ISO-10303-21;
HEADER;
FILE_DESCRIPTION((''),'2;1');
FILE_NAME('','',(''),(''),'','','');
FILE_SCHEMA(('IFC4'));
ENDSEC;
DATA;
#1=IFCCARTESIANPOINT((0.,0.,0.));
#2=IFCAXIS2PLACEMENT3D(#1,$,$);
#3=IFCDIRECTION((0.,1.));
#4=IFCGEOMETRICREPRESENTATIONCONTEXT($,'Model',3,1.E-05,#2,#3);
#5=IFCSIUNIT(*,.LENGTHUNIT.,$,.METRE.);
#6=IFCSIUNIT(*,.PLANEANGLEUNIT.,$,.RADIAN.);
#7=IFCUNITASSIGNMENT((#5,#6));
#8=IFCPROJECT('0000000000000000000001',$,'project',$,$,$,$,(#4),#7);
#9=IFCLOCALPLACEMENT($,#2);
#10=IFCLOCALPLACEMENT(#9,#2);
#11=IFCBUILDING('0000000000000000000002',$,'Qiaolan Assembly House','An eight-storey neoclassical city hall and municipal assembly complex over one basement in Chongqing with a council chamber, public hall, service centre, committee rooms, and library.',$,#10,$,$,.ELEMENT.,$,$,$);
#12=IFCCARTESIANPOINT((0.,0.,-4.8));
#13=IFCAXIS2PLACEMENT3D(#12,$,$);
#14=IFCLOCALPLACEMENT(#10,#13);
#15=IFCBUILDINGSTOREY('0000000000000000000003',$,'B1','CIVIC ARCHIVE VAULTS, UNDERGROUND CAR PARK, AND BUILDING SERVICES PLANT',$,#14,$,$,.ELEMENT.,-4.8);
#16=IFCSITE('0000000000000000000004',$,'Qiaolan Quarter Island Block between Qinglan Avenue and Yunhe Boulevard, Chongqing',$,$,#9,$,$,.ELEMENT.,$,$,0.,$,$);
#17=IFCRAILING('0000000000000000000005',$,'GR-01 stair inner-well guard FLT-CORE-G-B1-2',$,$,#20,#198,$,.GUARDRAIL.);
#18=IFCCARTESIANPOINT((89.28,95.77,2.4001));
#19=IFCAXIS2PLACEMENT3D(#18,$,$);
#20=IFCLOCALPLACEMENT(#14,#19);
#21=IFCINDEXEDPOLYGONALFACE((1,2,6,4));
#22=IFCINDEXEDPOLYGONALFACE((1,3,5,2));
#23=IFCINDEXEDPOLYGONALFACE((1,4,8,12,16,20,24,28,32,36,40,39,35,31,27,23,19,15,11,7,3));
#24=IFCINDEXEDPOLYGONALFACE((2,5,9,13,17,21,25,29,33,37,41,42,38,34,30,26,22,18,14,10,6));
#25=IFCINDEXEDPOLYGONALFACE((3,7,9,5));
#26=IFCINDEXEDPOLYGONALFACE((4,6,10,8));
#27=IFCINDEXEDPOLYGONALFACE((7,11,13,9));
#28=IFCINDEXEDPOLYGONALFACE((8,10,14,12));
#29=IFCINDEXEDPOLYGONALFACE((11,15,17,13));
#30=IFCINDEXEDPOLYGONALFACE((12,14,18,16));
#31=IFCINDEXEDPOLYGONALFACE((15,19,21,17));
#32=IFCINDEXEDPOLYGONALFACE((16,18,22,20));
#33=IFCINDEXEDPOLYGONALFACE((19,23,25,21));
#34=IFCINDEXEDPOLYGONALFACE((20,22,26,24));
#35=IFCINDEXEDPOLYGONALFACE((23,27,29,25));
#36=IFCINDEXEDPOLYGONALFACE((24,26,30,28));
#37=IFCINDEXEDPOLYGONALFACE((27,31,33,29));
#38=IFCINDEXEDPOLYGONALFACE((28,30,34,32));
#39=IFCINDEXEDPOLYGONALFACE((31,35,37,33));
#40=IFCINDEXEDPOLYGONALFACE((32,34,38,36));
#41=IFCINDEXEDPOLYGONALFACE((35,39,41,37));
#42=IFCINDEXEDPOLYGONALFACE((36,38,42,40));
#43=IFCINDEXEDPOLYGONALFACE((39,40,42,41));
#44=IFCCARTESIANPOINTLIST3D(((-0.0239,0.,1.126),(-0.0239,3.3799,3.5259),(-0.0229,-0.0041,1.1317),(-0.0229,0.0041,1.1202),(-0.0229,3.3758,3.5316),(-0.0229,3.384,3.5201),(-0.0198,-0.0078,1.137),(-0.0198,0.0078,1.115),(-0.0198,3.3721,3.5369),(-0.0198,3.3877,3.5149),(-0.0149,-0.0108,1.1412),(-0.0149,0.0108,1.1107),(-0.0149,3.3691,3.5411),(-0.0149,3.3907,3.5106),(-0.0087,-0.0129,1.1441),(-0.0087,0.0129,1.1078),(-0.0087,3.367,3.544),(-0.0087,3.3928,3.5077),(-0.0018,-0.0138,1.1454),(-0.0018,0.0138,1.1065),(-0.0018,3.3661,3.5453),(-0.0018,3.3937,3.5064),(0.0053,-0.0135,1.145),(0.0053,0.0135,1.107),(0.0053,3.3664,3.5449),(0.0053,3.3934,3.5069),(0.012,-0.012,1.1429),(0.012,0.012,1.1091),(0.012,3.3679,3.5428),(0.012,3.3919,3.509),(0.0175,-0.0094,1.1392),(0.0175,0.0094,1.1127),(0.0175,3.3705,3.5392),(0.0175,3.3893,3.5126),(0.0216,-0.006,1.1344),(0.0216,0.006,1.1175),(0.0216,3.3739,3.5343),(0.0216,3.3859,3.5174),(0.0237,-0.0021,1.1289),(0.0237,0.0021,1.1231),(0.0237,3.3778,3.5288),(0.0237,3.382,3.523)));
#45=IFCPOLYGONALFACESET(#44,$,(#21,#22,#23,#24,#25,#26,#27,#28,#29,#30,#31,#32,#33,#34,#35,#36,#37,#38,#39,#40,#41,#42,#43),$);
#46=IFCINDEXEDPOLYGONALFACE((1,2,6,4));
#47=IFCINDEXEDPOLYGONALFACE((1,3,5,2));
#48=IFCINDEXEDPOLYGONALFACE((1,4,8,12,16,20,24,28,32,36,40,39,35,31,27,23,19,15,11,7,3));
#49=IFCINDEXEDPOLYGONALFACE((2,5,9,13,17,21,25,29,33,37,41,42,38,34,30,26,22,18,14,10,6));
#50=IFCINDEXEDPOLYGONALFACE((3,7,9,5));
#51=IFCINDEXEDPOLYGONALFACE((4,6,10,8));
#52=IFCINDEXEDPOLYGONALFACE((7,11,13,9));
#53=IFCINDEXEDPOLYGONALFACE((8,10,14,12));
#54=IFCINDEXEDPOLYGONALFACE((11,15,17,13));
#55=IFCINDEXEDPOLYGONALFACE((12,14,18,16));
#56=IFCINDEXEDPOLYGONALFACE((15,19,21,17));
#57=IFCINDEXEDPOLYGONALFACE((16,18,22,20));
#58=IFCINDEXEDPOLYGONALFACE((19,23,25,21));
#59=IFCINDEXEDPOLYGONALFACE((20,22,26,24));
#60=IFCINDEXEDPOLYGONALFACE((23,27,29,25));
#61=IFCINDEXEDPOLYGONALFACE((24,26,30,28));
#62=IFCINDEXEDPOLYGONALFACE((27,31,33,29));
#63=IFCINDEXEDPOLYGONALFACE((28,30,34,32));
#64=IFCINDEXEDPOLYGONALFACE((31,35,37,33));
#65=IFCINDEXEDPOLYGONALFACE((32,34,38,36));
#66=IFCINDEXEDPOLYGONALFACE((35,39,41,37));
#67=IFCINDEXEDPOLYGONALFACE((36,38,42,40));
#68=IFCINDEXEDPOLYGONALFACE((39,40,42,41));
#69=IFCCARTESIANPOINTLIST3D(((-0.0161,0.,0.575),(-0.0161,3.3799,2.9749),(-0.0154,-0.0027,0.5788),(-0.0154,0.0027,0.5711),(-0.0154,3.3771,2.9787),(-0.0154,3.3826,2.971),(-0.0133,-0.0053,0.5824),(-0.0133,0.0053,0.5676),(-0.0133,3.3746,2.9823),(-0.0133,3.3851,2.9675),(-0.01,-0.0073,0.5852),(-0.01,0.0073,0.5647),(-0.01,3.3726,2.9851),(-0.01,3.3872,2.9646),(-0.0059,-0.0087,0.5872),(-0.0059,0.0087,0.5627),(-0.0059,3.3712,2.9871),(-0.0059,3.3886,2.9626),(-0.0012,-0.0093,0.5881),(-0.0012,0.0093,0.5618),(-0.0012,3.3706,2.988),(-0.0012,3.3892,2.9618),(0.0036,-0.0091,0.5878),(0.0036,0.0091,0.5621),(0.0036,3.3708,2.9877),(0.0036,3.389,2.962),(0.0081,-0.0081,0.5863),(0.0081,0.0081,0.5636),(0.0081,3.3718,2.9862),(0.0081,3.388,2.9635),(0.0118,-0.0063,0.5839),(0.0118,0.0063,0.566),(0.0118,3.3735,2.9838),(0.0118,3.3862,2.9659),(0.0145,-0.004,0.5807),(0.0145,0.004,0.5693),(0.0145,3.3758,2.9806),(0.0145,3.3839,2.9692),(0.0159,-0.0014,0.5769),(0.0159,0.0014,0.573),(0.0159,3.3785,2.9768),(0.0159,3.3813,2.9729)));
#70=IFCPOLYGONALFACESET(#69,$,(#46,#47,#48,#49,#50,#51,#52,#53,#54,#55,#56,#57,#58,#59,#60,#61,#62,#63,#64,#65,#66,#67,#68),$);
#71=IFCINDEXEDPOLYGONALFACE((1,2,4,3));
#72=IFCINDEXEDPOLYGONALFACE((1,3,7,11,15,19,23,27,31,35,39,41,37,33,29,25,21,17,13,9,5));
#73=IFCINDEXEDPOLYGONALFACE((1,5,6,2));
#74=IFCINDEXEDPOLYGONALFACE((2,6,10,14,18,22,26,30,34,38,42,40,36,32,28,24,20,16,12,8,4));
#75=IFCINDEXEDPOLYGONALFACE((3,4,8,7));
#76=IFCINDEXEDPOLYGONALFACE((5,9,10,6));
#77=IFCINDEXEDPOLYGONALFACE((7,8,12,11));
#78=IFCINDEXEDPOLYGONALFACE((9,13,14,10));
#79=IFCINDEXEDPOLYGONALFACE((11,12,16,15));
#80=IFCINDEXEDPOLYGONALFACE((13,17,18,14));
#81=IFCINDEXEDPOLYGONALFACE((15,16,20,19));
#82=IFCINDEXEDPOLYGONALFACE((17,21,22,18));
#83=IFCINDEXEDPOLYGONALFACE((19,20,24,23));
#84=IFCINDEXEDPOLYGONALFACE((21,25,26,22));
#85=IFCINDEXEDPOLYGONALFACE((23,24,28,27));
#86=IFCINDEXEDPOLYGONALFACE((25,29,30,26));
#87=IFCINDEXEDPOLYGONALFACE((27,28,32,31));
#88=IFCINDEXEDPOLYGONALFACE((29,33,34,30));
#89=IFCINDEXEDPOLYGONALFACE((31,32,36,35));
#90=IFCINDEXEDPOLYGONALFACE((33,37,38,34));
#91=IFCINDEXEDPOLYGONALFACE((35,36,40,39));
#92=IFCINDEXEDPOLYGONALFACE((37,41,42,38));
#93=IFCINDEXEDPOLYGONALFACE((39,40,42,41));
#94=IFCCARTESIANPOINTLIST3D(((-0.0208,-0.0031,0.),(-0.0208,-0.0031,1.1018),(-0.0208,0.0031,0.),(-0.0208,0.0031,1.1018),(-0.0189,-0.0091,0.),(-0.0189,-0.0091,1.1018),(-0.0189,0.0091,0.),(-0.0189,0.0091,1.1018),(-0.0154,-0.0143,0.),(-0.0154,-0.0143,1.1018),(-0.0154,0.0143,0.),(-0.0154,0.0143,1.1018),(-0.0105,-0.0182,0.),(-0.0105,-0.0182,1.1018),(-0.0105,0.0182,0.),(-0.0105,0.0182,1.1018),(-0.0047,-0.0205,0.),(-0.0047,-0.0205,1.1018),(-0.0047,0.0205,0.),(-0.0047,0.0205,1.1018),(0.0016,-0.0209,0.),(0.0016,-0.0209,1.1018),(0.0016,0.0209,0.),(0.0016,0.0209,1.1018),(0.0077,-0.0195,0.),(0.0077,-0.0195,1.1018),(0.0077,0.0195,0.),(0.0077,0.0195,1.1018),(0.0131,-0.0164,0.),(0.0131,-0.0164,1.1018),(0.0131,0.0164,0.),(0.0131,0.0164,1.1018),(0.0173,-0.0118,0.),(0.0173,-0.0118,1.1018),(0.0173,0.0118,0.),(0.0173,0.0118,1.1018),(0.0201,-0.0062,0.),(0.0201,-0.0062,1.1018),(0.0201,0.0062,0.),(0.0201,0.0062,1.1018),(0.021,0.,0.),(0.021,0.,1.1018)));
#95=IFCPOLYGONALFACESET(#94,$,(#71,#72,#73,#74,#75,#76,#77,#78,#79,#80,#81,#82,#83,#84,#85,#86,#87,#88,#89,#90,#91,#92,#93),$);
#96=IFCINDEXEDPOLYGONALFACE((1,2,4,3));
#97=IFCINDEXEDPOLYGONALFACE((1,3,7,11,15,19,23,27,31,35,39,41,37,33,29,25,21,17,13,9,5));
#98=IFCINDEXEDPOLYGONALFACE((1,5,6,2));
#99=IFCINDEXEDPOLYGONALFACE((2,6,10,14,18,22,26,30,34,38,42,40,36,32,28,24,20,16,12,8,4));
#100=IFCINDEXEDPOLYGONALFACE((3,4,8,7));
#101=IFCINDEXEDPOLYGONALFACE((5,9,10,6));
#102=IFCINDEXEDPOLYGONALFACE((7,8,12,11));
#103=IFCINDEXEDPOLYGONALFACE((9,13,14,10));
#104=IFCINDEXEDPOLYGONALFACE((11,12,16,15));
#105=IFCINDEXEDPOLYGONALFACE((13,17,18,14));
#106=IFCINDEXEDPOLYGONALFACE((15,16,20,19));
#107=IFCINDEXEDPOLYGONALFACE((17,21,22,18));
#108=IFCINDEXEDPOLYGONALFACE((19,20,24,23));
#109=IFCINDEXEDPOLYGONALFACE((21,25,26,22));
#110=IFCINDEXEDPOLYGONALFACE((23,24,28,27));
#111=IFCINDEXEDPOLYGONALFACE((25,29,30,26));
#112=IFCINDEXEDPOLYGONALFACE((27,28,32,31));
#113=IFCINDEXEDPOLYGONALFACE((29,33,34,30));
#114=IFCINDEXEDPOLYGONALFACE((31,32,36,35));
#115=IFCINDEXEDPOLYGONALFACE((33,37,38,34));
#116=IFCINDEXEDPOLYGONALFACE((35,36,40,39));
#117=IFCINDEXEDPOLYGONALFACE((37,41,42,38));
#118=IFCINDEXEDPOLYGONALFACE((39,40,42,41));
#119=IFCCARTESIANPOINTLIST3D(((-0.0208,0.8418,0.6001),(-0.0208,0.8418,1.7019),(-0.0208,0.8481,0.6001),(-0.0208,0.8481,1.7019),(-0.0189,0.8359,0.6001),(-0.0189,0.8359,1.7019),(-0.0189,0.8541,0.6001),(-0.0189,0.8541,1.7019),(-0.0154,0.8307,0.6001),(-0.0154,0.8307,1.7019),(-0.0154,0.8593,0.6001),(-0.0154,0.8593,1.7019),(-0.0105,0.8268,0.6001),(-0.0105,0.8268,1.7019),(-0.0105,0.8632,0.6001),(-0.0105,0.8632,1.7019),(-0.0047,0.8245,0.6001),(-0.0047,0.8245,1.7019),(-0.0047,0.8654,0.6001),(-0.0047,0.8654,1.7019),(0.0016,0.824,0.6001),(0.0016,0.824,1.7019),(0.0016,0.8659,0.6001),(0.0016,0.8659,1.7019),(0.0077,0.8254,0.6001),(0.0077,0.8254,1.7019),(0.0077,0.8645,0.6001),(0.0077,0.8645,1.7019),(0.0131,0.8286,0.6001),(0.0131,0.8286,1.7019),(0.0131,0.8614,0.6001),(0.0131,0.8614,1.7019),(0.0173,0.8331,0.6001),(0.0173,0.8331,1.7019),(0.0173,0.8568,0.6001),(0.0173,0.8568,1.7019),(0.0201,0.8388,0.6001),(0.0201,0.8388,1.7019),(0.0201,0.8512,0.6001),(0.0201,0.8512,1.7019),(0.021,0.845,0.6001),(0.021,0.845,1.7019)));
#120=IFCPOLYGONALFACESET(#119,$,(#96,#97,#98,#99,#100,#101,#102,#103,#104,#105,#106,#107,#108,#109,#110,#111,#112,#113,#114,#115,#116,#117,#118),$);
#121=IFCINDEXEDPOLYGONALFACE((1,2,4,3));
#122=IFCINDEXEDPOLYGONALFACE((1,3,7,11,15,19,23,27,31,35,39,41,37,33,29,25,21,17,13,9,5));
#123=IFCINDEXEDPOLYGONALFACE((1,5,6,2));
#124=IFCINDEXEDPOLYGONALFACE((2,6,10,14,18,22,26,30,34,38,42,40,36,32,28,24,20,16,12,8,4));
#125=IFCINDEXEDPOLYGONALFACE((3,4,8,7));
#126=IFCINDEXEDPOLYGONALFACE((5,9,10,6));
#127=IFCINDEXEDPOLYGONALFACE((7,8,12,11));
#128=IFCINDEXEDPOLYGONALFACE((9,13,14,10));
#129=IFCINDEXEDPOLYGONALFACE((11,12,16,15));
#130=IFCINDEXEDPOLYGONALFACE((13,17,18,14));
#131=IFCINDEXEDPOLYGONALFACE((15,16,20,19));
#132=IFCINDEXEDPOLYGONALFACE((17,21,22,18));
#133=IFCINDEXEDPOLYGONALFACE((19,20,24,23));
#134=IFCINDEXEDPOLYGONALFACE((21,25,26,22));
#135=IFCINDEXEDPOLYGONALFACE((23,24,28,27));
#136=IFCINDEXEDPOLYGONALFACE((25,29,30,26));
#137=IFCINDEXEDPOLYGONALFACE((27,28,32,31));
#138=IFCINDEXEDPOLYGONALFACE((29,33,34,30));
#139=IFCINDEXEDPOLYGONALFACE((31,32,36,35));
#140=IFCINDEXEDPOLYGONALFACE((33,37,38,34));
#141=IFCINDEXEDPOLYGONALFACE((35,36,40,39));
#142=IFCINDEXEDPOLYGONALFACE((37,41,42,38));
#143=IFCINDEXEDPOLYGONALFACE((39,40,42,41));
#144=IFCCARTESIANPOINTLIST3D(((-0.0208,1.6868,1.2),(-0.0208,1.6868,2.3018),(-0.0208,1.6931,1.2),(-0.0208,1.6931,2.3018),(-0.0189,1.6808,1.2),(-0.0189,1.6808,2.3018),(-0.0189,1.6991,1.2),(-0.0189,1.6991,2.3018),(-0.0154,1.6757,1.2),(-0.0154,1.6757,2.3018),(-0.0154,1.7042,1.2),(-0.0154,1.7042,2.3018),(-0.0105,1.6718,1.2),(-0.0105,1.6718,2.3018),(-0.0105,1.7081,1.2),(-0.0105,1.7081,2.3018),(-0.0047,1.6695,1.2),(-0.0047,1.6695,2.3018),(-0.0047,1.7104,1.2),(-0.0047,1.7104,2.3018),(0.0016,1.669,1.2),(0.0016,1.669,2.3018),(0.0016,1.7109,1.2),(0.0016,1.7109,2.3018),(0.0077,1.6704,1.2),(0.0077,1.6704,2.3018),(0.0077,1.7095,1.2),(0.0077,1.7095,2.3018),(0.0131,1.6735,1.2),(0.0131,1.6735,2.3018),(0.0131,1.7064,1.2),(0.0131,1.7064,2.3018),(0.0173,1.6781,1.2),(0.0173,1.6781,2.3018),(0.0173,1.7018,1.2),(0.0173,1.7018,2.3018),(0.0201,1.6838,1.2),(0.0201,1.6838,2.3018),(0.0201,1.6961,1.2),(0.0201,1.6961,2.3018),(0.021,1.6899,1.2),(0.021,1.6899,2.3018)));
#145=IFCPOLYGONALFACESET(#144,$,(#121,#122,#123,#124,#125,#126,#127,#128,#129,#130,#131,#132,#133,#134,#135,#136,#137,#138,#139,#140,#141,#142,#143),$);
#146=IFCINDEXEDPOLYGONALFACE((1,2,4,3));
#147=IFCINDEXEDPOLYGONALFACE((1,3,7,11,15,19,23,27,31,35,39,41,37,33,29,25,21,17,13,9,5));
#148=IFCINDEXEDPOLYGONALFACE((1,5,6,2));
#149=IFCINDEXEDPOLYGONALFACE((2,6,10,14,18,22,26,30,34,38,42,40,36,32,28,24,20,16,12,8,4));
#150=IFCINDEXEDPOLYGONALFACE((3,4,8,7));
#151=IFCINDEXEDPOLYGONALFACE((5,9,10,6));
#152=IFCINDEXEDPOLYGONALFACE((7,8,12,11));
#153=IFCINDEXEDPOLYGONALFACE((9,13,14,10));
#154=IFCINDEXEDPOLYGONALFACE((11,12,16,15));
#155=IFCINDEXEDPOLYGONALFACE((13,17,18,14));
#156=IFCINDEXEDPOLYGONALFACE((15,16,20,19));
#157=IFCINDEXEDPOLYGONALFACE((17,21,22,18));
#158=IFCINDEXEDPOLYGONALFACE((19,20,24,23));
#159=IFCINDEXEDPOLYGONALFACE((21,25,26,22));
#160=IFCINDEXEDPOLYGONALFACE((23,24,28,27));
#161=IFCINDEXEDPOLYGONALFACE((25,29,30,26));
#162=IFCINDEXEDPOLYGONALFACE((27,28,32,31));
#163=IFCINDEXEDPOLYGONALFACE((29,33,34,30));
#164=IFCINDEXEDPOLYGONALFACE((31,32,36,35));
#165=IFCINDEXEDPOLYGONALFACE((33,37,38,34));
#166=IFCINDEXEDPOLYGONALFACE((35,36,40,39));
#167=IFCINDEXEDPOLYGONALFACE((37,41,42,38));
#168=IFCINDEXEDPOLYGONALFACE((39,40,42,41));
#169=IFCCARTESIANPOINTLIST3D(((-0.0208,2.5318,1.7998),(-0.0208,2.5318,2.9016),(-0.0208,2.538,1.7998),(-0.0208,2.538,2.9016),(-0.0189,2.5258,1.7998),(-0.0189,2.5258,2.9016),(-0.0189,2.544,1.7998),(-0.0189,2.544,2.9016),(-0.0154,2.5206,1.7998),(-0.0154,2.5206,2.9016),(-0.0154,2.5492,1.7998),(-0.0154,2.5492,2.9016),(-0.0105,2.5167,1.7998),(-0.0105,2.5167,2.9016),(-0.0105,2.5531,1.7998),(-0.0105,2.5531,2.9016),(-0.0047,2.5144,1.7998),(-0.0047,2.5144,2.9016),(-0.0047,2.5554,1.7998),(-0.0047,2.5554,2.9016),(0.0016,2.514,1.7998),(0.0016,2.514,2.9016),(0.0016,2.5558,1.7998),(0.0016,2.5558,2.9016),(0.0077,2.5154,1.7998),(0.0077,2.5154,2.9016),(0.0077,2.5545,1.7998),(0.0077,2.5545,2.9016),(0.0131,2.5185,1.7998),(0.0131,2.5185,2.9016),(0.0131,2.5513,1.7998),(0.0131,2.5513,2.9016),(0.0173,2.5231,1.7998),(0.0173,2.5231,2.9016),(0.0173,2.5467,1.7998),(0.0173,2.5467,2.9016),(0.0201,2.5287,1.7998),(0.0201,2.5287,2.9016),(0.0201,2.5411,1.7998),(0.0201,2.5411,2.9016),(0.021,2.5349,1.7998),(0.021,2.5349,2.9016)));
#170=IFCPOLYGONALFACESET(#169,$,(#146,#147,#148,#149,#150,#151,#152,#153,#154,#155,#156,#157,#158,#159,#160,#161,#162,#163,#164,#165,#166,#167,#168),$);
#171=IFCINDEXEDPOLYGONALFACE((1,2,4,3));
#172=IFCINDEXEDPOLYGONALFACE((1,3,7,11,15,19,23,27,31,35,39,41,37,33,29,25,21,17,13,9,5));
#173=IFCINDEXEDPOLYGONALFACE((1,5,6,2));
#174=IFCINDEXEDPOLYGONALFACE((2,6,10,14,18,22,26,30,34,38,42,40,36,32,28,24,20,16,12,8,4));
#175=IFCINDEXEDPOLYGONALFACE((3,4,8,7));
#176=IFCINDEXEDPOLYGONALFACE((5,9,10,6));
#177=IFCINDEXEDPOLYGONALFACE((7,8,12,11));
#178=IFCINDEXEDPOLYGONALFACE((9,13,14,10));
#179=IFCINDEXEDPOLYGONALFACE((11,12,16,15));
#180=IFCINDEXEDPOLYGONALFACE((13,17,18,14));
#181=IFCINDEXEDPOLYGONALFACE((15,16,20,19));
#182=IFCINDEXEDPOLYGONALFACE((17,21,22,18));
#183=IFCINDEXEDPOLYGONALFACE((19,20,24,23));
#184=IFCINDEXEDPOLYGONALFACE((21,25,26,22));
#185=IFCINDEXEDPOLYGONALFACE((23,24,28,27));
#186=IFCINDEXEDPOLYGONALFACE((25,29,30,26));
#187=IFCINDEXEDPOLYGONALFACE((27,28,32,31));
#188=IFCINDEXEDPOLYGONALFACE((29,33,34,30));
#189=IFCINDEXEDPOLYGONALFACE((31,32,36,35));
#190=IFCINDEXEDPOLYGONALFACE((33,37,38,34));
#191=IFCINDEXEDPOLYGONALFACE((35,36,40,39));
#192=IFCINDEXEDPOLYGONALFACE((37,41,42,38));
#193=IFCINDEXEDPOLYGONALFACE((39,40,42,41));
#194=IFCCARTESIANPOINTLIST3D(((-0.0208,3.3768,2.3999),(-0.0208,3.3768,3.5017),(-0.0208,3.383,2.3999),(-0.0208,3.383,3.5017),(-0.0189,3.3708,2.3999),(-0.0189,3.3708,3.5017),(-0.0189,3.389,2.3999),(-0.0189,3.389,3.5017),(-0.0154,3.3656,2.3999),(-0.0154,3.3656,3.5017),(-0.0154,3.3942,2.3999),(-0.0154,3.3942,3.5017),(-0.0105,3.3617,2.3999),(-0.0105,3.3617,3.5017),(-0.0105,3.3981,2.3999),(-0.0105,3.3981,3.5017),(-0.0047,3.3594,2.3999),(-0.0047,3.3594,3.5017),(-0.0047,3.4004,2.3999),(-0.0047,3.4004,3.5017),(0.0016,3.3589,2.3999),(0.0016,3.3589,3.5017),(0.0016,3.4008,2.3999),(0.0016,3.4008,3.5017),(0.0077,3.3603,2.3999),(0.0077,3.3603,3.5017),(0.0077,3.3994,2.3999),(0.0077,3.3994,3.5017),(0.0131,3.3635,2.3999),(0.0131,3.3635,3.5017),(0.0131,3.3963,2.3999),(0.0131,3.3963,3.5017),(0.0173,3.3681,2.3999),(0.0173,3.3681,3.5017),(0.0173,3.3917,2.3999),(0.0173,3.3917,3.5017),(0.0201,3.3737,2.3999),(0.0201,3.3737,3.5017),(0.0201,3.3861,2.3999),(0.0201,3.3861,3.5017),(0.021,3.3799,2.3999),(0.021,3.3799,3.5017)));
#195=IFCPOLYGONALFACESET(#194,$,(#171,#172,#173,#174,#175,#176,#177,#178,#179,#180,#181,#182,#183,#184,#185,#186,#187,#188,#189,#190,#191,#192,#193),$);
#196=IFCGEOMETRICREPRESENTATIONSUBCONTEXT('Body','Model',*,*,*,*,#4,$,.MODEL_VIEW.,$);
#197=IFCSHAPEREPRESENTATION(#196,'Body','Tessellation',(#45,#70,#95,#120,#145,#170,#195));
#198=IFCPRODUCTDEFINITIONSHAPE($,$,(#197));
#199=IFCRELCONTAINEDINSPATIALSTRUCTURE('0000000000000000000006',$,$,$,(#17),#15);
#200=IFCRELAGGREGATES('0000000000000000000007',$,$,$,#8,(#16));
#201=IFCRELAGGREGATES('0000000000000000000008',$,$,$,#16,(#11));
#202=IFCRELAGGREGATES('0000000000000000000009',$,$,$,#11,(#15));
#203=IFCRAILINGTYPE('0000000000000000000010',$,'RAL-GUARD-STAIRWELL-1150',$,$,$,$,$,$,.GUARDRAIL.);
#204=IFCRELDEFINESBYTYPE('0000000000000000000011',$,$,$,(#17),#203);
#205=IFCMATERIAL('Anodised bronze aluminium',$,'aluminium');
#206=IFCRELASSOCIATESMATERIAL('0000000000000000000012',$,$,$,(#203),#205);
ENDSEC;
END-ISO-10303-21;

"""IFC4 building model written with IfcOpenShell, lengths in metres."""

from ifc_helpers import new_model, si_unit, direction, frame, origin, origin_2d, place, context, subcontext, project, spatial, circle, extrude, material, type_object, element, save


model = new_model("IFC4")

# Units and contexts
model_context = context("Model", 3, precision=1e-05, world=origin(), true_north=direction((0.0, 1.0)))
body_context = subcontext(model_context, "Body", "Model", "MODEL_VIEW")
ifc_project = project(units=[si_unit("LENGTHUNIT", "METRE"), si_unit("PLANEANGLEUNIT", "RADIAN")], contexts=[model_context])

# Site, building, storey
site_placement = place(None, origin())
site = spatial("IfcSite", under=ifc_project, at=site_placement, Name="Qiaolan Quarter Island Block between Qinglan Avenue and Yunhe Boulevard, Chongqing", CompositionType="ELEMENT", RefElevation=0.0)
building_placement = place(site_placement, origin())
building = spatial("IfcBuilding", under=site, at=building_placement, Name="Qiaolan Assembly House", Description="An eight-storey neoclassical city hall and municipal assembly complex over one basement in Chongqing with a council chamber, public hall, service centre, committee rooms, and library.", CompositionType="ELEMENT")
storey_placement = place(building_placement, frame((0.0, 0.0, -4.8)))
storey = spatial("IfcBuildingStorey", under=building, at=storey_placement, Name="B1", Description="CIVIC ARCHIVE VAULTS, UNDERGROUND CAR PARK, AND BUILDING SERVICES PLANT", CompositionType="ELEMENT", Elevation=-4.8)

# Shared definitions
ifc_material_1 = material(Name="Anodised bronze aluminium", Category="aluminium")

# Railing
railing_type_1 = type_object("IfcRailingType", Name="RAL-GUARD-STAIRWELL-1150", PredefinedType="GUARDRAIL", material=ifc_material_1)
railing_1_placement = place(storey_placement, frame((89.28, 95.77, 2.4001)))
element("IfcRailing", 1, at=railing_1_placement, inside=storey, type_object=railing_type_1, Name="GR-01 stair inner-well guard FLT-CORE-G-B1-2", PredefinedType="GUARDRAIL", context=body_context, shape_type="SweptSolid", body=[
    extrude(circle(Radius=0.0239, at=origin_2d()), frame((0.0, 0.0, 1.126), z_axis=(0.0, 0.815362, 0.578952), x_axis=(-1.0, 0.0, 0.0)), (0.0, 0.0, 1.0), 4.1453),
    extrude(circle(Radius=0.0161, at=origin_2d()), frame((0.0, 0.0, 0.575), z_axis=(0.0, 0.815362, 0.578952), x_axis=(-1.0, 0.0, 0.0)), (0.0, 0.0, 1.0), 4.1453),
    extrude(circle(Radius=0.021, at=origin_2d()), origin(), (0.0, 0.0, 1.0), 1.1018),
    extrude(circle(Radius=0.021, at=origin_2d()), frame((0.0, 0.845, 0.6001)), (0.0, 0.0, 1.0), 1.1018),
    extrude(circle(Radius=0.021, at=origin_2d()), frame((0.0, 1.6899, 1.2)), (0.0, 0.0, 1.0), 1.1018),
    extrude(circle(Radius=0.021, at=origin_2d()), frame((0.0, 2.5349, 1.7998)), (0.0, 0.0, 1.0), 1.1018),
    extrude(circle(Radius=0.021, at=origin_2d()), frame((0.0, 3.3799, 2.3999)), (0.0, 0.0, 1.0), 1.1018),
])

save(model, "model.ifc")
